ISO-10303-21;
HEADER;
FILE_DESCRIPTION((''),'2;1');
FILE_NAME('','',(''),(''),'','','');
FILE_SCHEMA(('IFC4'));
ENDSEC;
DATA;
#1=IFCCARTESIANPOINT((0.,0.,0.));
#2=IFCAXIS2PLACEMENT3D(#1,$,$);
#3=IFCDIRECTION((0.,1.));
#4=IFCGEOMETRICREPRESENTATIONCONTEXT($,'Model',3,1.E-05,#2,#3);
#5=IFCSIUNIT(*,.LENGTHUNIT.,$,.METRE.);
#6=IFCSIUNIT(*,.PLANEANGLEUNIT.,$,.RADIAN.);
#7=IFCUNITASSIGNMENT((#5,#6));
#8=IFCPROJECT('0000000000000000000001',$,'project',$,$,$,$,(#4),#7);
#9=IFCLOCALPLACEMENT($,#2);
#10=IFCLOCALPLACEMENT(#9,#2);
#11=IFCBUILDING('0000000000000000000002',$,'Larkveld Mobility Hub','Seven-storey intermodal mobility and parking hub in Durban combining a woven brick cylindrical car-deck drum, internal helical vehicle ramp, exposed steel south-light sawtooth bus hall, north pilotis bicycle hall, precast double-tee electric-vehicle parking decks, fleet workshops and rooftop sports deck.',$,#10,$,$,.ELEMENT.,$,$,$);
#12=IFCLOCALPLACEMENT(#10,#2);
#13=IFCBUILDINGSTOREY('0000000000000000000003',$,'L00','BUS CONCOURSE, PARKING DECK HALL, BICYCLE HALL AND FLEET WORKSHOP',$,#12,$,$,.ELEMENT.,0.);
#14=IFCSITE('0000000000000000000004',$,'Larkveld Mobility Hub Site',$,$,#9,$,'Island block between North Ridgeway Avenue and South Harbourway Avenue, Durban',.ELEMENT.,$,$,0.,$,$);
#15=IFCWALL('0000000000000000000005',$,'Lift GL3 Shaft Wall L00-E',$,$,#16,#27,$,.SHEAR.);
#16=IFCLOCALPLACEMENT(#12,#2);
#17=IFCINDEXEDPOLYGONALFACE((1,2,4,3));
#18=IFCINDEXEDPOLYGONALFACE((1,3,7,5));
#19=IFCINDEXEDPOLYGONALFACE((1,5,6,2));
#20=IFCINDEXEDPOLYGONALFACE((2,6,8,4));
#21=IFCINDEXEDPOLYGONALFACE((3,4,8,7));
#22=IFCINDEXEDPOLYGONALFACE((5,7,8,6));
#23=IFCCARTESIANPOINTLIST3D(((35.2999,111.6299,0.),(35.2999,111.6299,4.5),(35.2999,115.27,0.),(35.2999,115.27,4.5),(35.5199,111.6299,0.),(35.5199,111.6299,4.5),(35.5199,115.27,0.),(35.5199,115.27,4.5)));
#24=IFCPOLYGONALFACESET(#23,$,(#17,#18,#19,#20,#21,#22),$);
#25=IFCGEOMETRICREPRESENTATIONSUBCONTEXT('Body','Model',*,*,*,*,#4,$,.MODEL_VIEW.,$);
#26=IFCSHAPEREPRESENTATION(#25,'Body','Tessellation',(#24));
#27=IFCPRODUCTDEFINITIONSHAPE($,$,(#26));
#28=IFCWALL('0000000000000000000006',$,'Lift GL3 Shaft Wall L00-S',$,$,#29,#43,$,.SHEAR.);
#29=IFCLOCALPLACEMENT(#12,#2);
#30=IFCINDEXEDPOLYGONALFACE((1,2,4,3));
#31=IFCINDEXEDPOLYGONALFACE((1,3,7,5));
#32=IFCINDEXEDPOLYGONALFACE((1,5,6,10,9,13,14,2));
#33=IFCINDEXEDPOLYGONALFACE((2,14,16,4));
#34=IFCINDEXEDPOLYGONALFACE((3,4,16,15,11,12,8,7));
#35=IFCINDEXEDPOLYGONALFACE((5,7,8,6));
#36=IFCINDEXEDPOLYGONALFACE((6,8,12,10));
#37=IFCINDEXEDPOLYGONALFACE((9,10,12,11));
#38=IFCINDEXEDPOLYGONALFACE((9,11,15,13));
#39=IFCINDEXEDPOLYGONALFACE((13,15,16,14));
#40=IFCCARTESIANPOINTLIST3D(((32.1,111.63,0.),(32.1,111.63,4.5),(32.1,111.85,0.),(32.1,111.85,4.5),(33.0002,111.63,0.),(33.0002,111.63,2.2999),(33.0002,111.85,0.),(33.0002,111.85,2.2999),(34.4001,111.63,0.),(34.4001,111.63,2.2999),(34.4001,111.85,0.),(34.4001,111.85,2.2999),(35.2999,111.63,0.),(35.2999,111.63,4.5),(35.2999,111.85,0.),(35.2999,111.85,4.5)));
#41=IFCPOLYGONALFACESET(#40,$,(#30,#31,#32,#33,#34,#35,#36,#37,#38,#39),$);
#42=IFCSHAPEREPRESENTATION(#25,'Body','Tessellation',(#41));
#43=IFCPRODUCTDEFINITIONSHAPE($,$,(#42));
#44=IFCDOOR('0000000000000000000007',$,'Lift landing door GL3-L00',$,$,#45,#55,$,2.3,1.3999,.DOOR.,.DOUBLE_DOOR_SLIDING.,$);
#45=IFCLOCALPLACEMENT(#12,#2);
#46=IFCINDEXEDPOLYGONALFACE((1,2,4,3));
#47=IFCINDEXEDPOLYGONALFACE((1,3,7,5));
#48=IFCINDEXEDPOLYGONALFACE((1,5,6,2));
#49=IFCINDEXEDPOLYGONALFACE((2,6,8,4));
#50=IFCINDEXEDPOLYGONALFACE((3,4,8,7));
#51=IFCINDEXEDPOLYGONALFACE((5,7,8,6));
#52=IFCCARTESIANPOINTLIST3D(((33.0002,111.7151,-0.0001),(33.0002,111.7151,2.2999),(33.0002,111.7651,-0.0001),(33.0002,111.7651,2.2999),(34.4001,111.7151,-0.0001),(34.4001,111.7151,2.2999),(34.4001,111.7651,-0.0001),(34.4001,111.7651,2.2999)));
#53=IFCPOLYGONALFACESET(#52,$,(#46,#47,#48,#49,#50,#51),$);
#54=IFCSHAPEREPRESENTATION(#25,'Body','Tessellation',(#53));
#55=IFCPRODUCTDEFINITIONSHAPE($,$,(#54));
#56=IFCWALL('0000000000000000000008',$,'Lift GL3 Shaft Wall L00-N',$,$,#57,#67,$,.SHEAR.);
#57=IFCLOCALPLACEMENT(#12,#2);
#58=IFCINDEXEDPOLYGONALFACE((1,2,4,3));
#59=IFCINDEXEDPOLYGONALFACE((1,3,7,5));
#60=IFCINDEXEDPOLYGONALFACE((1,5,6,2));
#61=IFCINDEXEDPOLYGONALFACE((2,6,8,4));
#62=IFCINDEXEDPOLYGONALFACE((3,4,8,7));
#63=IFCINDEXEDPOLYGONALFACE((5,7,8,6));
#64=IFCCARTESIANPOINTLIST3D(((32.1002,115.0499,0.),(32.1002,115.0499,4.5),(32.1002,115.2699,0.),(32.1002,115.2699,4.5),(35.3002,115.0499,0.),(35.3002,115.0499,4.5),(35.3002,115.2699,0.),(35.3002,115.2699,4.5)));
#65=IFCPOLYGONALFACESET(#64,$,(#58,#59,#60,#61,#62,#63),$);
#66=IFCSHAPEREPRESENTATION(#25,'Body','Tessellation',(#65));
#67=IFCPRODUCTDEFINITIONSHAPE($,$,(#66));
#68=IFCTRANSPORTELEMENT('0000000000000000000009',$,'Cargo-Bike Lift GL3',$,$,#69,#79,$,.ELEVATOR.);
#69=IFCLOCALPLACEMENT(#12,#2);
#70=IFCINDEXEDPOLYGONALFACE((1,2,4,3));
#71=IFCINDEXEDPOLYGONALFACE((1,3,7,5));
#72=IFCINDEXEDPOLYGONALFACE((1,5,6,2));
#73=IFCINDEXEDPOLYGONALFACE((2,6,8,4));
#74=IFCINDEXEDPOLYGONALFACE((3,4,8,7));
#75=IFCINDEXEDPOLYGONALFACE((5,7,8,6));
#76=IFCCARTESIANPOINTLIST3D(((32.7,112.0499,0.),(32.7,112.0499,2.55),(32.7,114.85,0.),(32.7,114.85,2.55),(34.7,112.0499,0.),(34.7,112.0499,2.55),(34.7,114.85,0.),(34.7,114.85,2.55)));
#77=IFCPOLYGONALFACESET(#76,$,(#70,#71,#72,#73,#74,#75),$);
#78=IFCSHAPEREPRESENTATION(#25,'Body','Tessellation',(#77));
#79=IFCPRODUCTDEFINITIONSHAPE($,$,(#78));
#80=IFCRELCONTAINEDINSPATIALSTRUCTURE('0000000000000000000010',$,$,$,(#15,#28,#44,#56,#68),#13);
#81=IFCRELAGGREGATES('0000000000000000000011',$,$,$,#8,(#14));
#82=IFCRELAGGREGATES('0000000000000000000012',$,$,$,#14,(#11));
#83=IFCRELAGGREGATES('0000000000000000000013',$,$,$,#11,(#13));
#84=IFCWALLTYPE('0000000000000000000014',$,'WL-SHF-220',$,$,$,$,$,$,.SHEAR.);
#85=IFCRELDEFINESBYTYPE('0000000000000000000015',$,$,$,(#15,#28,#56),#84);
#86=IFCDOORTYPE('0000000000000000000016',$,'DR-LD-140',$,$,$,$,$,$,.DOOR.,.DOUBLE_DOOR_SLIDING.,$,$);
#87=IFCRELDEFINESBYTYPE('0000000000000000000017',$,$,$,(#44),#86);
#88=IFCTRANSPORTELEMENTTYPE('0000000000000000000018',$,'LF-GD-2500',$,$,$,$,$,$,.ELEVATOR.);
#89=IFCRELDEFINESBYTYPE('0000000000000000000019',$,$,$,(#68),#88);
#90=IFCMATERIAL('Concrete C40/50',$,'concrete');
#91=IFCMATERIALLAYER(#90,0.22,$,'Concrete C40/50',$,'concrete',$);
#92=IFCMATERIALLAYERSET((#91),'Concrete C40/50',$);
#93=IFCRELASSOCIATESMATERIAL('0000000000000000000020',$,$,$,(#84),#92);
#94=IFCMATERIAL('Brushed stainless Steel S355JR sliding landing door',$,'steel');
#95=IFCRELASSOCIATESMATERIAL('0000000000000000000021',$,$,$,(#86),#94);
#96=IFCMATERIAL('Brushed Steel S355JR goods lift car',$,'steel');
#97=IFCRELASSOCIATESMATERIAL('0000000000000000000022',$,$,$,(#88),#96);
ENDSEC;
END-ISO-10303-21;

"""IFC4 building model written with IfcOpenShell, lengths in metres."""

from ifc_helpers import new_model, si_unit, direction, frame, frame_2d, origin, origin_2d, place, context, subcontext, project, spatial, rectangle, extrude, material, layer, layer_set, type_object, element, fill, save


model = new_model("IFC4")

# Units and contexts
model_context = context("Model", 3, precision=1e-05, world=origin(), true_north=direction((0.0, 1.0)))
body_context = subcontext(model_context, "Body", "Model", "MODEL_VIEW")
ifc_project = project(units=[si_unit("LENGTHUNIT", "METRE"), si_unit("PLANEANGLEUNIT", "RADIAN")], contexts=[model_context])

# Site, building, storey
site_placement = place(None, origin())
site = spatial("IfcSite", under=ifc_project, at=site_placement, Name="Larkveld Mobility Hub Site", LongName="Island block between North Ridgeway Avenue and South Harbourway Avenue, Durban", CompositionType="ELEMENT", RefElevation=0.0)
building_placement = place(site_placement, origin())
building = spatial("IfcBuilding", under=site, at=building_placement, Name="Larkveld Mobility Hub", Description="Seven-storey intermodal mobility and parking hub in Durban combining a woven brick cylindrical car-deck drum, internal helical vehicle ramp, exposed steel south-light sawtooth bus hall, north pilotis bicycle hall, precast double-tee electric-vehicle parking decks, fleet workshops and rooftop sports deck.", CompositionType="ELEMENT")
storey_placement = place(building_placement, origin())
storey = spatial("IfcBuildingStorey", under=building, at=storey_placement, Name="L00", Description="BUS CONCOURSE, PARKING DECK HALL, BICYCLE HALL AND FLEET WORKSHOP", CompositionType="ELEMENT", Elevation=0.0)

# Shared definitions
ifc_material_1 = material(Name="Concrete C40/50", Category="concrete")

# Wall
ifc_layer = layer(ifc_material_1, 0.22, Name="Concrete C40/50", Category="concrete")
ifc_layer_set = layer_set([ifc_layer], Name="Concrete C40/50")
wall_type = type_object("IfcWallType", Name="WL-SHF-220", PredefinedType="SHEAR", material=ifc_layer_set)
wall_1_placement = place(storey_placement, frame((35.4099, 115.27, 0.0), z_axis=(0.0, 0.0, 1.0), x_axis=(0.0, -1.0, 0.0)))
element("IfcWall", 1, at=wall_1_placement, inside=storey, type_object=wall_type, Name="Lift GL3 Shaft Wall L00-E", PredefinedType="SHEAR", context=body_context, shape_type="SweptSolid", body=[
    extrude(rectangle(XDim=3.6401, YDim=0.22, at=frame_2d((1.8201, 0.0))), origin(), (0.0, 0.0, 1.0), 4.5),
])

# Wall, opening, door
wall_2_placement = place(storey_placement, frame((35.3, 111.74, 0.0), z_axis=(0.0, 0.0, 1.0), x_axis=(-1.0, 0.0, 0.0)))
wall_2 = element("IfcWall", 2, at=wall_2_placement, inside=storey, type_object=wall_type, Name="Lift GL3 Shaft Wall L00-S", PredefinedType="SHEAR", context=body_context, shape_type="SweptSolid", body=[
    extrude(rectangle(XDim=3.2, YDim=0.22, at=frame_2d((1.6001, 0.0))), origin(), (0.0, 0.0, 1.0), 4.5),
])
opening_placement = place(wall_2_placement, frame((0.8999, 0.0, 0.0)))
opening = element("IfcOpeningElement", 3, at=opening_placement, cuts=wall_2, PredefinedType="OPENING", context=body_context, shape_type="SweptSolid", body=[
    extrude(rectangle(XDim=1.3999, YDim=2.3, at=frame_2d((0.7, 1.1499))), frame((0.0, 0.1201, 0.0), z_axis=(0.0, -1.0, 0.0), x_axis=(1.0, 0.0, 0.0)), (0.0, 0.0, 1.0), 0.24),
])
ifc_material_2 = material(Name="Brushed stainless Steel S355JR sliding landing door", Category="steel")
door_type = type_object("IfcDoorType", Name="DR-LD-140", OperationType="DOUBLE_DOOR_SLIDING", PredefinedType="DOOR", material=ifc_material_2)
door_placement = place(opening_placement, origin())
door = element("IfcDoor", 4, at=door_placement, inside=storey, type_object=door_type, Name="Lift landing door GL3-L00", OperationType="DOUBLE_DOOR_SLIDING", OverallHeight=2.3, OverallWidth=1.3999, PredefinedType="DOOR", context=body_context, shape_type="SweptSolid", body=[
    extrude(rectangle(XDim=1.3999, YDim=2.3, at=frame_2d((0.7, 1.1499))), frame((0.0, 0.0249, 0.0), z_axis=(0.0, -1.0, 0.0), x_axis=(1.0, 0.0, 0.0)), (0.0, 0.0, 1.0), 0.05),
])
fill(opening, door)

# Wall
wall_3_placement = place(storey_placement, frame((32.1001, 115.1599, 0.0), z_axis=(0.0, 0.0, 1.0), x_axis=(1.0, 0.0, 0.0)))
element("IfcWall", 5, at=wall_3_placement, inside=storey, type_object=wall_type, Name="Lift GL3 Shaft Wall L00-N", PredefinedType="SHEAR", context=body_context, shape_type="SweptSolid", body=[
    extrude(rectangle(XDim=3.2, YDim=0.22, at=frame_2d((1.6001, 0.0))), origin(), (0.0, 0.0, 1.0), 4.5),
])

# Transport element
ifc_material_3 = material(Name="Brushed Steel S355JR goods lift car", Category="steel")
transport_element_type = type_object("IfcTransportElementType", Name="LF-GD-2500", PredefinedType="ELEVATOR", material=ifc_material_3)
transport_element_placement = place(storey_placement, frame((33.7, 113.45, 0.0), z_axis=(0.0, 0.0, 1.0), x_axis=(1.0, 0.0, 0.0)))
element("IfcTransportElement", 6, at=transport_element_placement, inside=storey, type_object=transport_element_type, Name="Cargo-Bike Lift GL3", PredefinedType="ELEVATOR", context=body_context, shape_type="SweptSolid", body=[
    extrude(rectangle(XDim=2.0, YDim=2.8, at=origin_2d()), origin(), (0.0, 0.0, 1.0), 2.55),
])

save(model, "model.ifc")
